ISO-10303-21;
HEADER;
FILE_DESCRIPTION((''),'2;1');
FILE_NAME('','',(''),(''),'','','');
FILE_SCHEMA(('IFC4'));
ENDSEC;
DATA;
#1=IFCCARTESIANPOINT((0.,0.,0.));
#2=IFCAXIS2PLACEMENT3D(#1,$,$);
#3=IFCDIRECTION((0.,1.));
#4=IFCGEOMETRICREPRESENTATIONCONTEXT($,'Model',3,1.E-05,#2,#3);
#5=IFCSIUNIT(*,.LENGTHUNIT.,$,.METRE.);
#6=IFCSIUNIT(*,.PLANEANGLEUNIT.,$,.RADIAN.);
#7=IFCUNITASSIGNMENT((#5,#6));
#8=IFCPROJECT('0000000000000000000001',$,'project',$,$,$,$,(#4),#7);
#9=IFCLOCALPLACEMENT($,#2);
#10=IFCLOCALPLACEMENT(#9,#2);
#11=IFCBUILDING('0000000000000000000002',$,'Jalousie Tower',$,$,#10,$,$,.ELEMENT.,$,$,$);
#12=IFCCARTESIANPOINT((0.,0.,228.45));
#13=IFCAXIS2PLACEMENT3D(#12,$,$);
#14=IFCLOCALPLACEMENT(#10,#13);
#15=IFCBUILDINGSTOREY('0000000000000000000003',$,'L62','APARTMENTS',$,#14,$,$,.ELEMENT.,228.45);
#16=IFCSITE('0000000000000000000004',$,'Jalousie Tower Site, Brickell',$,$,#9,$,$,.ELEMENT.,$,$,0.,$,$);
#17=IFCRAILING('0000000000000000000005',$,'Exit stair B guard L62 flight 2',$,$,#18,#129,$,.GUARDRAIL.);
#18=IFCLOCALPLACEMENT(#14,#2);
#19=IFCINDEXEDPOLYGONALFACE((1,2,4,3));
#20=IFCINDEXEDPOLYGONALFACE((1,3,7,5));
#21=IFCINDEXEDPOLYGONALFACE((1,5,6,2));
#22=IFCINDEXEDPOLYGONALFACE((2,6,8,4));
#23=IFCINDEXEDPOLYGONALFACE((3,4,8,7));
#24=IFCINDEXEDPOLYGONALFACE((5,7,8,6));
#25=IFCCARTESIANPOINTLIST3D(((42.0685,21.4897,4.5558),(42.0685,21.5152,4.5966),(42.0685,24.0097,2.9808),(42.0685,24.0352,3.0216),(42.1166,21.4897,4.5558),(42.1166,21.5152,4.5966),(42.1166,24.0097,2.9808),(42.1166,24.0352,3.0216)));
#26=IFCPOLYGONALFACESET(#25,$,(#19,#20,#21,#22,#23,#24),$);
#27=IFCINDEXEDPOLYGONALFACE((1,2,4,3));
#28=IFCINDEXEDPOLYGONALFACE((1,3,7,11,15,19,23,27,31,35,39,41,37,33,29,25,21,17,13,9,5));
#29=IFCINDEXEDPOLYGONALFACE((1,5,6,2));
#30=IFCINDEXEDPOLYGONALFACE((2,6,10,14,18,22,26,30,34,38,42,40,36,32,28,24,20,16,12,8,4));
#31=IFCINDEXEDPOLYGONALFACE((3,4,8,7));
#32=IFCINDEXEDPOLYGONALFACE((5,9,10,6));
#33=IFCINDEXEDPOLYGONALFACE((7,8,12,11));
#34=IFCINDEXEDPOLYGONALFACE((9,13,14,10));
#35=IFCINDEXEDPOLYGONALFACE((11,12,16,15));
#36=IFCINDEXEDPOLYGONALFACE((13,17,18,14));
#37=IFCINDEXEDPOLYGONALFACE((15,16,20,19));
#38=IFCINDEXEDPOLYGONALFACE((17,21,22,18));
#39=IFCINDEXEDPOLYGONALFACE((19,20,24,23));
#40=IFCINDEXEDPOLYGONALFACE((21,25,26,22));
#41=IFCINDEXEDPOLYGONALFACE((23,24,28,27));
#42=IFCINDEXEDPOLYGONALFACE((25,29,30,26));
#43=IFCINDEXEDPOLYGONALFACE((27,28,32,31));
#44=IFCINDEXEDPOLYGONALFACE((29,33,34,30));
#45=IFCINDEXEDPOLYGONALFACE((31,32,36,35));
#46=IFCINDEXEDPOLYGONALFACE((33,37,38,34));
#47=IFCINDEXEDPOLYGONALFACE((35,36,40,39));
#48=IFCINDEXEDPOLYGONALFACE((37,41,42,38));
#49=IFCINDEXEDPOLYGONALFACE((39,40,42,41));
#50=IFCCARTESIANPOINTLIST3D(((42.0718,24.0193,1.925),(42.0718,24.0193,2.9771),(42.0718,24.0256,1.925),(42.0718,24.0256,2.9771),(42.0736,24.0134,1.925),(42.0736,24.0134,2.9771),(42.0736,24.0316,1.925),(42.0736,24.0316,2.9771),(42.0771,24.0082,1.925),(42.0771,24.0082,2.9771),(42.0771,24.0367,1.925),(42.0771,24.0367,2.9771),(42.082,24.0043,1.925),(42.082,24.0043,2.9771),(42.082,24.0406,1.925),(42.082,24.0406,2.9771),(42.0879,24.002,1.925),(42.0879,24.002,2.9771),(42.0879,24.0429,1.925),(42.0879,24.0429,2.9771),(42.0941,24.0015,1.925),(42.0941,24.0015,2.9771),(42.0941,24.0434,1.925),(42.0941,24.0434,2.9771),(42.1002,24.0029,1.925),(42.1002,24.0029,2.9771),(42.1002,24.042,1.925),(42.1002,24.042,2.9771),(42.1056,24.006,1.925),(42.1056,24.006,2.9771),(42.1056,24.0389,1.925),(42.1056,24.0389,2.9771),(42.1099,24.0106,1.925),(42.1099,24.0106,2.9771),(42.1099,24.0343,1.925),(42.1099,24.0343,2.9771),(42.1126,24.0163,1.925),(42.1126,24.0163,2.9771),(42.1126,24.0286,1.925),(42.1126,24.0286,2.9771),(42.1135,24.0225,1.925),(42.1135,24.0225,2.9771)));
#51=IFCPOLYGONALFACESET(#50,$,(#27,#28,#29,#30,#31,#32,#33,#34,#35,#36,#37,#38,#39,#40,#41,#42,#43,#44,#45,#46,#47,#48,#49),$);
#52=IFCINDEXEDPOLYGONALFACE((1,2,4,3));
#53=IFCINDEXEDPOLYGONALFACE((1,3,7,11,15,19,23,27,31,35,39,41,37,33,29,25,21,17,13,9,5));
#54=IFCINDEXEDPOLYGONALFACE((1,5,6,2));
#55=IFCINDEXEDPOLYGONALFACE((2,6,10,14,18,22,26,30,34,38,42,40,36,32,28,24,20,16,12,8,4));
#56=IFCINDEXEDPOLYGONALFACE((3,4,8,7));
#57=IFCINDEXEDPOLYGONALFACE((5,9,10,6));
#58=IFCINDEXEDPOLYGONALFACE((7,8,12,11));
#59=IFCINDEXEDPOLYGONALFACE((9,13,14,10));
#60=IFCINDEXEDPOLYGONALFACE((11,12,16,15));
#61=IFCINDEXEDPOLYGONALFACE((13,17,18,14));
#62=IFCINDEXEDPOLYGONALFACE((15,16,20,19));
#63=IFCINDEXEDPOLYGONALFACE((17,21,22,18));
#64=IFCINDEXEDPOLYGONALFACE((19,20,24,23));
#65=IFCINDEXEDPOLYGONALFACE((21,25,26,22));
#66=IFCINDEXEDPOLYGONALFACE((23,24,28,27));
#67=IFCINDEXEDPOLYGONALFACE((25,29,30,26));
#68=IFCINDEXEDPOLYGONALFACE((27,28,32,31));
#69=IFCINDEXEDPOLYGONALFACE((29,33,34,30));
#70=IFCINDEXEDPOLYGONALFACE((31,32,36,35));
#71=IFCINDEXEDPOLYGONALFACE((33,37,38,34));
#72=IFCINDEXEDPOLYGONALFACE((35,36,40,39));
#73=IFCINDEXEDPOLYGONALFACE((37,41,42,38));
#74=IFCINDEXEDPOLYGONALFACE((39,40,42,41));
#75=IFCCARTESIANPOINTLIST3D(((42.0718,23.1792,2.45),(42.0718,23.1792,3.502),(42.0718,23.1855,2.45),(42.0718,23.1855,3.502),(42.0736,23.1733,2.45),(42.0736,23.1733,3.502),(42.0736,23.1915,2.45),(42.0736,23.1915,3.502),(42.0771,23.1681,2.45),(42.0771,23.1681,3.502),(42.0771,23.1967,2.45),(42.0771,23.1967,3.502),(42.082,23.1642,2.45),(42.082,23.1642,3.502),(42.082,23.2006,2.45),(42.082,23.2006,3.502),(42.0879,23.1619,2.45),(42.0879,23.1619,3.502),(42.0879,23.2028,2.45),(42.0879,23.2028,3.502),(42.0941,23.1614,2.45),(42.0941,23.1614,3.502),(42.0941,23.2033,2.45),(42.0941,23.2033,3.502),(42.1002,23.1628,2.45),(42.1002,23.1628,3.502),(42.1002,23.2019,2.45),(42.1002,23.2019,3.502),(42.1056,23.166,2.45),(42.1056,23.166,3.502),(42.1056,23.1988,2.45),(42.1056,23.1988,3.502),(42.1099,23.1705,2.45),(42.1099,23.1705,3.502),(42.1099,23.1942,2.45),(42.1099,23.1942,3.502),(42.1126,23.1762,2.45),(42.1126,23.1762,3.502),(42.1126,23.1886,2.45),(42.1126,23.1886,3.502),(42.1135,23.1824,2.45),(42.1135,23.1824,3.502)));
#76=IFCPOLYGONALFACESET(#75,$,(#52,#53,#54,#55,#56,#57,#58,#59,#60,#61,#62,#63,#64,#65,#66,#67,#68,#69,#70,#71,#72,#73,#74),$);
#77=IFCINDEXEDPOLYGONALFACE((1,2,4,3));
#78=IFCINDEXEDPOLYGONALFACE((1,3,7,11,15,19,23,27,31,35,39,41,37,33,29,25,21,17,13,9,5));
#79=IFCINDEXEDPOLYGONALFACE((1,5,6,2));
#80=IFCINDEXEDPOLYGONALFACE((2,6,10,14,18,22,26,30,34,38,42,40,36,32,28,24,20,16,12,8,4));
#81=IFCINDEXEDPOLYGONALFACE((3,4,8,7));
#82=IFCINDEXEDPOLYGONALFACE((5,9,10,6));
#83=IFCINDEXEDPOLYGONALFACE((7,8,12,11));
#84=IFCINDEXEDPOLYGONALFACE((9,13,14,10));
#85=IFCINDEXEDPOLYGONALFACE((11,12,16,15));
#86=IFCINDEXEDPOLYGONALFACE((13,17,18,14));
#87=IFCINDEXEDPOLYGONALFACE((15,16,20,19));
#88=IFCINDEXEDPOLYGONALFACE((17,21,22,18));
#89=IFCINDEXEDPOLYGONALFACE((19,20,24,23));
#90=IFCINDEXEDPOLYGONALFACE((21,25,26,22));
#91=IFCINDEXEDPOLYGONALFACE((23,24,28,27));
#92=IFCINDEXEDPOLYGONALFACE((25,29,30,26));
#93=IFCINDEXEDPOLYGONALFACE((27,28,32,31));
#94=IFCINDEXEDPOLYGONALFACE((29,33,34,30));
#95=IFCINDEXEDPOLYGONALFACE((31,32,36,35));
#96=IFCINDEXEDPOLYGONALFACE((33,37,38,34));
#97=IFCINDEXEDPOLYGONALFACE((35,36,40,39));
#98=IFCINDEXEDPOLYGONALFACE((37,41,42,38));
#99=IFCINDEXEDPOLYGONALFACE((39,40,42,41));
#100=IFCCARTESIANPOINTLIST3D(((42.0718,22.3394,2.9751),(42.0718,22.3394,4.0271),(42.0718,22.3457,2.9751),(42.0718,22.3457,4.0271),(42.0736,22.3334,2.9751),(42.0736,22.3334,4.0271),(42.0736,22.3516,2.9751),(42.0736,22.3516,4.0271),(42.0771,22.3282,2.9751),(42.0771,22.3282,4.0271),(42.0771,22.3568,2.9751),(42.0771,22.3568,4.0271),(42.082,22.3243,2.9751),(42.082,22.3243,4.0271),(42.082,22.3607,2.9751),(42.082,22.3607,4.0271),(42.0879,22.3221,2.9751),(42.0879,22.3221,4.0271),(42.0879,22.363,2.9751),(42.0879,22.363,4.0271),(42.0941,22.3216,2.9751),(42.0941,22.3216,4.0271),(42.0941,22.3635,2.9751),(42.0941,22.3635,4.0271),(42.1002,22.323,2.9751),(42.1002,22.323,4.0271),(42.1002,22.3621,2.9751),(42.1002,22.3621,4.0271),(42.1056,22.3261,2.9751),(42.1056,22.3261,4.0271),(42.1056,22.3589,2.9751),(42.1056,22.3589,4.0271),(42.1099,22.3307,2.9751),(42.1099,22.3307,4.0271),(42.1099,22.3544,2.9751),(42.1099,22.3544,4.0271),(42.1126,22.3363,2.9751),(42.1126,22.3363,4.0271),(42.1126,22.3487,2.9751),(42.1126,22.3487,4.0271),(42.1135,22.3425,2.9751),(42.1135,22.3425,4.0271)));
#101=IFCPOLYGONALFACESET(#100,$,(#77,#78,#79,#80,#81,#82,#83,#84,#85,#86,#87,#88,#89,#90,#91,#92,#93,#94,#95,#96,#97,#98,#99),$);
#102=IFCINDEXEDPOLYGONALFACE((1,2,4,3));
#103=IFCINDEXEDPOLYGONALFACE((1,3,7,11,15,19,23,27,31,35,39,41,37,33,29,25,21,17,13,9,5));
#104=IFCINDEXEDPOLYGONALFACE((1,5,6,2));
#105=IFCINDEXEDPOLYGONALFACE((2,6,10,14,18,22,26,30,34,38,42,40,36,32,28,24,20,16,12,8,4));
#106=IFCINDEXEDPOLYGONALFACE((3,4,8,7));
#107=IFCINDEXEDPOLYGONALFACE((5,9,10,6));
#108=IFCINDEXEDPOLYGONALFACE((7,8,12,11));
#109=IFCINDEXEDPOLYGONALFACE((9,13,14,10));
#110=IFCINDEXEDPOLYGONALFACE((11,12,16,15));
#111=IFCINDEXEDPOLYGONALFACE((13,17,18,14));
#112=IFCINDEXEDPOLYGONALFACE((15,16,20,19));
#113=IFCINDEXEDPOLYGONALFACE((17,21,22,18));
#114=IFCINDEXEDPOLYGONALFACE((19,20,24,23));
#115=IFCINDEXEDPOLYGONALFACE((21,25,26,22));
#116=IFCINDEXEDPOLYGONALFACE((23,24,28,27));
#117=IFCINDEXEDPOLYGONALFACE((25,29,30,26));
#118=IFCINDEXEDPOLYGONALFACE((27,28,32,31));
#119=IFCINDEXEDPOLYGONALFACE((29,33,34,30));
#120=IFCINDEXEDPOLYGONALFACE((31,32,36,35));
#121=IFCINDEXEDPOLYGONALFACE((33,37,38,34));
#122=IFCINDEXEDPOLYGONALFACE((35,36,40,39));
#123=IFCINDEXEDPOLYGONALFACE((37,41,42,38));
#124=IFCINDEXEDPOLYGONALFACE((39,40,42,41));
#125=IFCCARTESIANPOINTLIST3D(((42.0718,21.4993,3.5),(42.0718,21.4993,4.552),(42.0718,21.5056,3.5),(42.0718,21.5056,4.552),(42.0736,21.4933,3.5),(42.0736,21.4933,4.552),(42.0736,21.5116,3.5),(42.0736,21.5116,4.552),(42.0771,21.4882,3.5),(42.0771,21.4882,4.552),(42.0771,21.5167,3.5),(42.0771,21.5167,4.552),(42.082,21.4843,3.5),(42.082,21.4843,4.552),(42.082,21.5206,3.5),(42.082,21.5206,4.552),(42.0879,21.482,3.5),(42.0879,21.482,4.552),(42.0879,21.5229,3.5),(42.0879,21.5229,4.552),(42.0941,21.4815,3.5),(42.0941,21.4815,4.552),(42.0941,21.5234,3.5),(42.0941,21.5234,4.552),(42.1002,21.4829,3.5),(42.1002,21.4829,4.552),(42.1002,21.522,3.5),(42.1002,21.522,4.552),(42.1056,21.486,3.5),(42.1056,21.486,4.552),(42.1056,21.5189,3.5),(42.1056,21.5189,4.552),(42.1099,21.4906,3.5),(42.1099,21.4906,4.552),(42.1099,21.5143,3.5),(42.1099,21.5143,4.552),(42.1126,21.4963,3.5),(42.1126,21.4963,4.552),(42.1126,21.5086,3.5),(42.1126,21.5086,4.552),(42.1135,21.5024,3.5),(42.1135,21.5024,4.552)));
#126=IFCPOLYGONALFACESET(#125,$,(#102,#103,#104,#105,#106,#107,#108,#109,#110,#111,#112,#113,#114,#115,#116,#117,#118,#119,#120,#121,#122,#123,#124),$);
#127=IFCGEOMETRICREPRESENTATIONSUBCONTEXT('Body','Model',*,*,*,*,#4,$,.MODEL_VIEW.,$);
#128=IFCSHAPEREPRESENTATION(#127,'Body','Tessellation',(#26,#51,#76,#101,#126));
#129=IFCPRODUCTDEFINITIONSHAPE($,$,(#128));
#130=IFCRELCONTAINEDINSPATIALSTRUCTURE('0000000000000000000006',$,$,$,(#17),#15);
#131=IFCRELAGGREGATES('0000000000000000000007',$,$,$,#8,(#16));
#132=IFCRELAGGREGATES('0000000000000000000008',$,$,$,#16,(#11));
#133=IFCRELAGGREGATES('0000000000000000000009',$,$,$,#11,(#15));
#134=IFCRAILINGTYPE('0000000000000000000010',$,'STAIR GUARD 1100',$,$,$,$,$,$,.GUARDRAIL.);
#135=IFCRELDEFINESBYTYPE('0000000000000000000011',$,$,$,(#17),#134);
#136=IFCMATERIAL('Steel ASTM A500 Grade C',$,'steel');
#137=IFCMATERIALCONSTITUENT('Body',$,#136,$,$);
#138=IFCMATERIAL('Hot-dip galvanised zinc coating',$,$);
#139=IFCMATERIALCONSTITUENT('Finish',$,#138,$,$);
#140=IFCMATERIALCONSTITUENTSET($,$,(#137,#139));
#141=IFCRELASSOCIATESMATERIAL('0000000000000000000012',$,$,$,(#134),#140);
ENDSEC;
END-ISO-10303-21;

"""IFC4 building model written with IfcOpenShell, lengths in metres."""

from ifc_helpers import new_model, si_unit, direction, frame, origin, origin_2d, place, context, subcontext, project, spatial, rectangle, circle, extrude, material, constituent, constituent_set, type_object, element, save


model = new_model("IFC4")

# Units and contexts
model_context = context("Model", 3, precision=1e-05, world=origin(), true_north=direction((0.0, 1.0)))
body_context = subcontext(model_context, "Body", "Model", "MODEL_VIEW")
ifc_project = project(units=[si_unit("LENGTHUNIT", "METRE"), si_unit("PLANEANGLEUNIT", "RADIAN")], contexts=[model_context])

# Site, building, storey
site_placement = place(None, origin())
site = spatial("IfcSite", under=ifc_project, at=site_placement, Name="Jalousie Tower Site, Brickell", CompositionType="ELEMENT", RefElevation=0.0)
building_placement = place(site_placement, origin())
building = spatial("IfcBuilding", under=site, at=building_placement, Name="Jalousie Tower", CompositionType="ELEMENT")
storey_placement = place(building_placement, frame((0.0, 0.0, 228.45)))
storey = spatial("IfcBuildingStorey", under=building, at=storey_placement, Name="L62", Description="APARTMENTS", CompositionType="ELEMENT", Elevation=228.45)

# Railing
ifc_material_1 = material(Name="Steel ASTM A500 Grade C", Category="steel")
ifc_constituent_1 = constituent(ifc_material_1, Name="Body")
ifc_material_2 = material(Name="Hot-dip galvanised zinc coating")
ifc_constituent_2 = constituent(ifc_material_2, Name="Finish")
ifc_constituent_set_1 = constituent_set(constituents=[ifc_constituent_1, ifc_constituent_2])
railing_type_1 = type_object("IfcRailingType", Name="STAIR GUARD 1100", PredefinedType="GUARDRAIL", material=ifc_constituent_set_1)
railing_1_placement = place(storey_placement, frame((42.0925, 24.0225, 1.925)))
element("IfcRailing", 1, at=railing_1_placement, inside=storey, type_object=railing_type_1, Name="Exit stair B guard L62 flight 2", PredefinedType="GUARDRAIL", context=body_context, shape_type="SweptSolid", body=[
    extrude(rectangle(XDim=0.0481, YDim=0.0481, at=origin_2d()), frame((0.0, 0.0, 1.0762), z_axis=(0.0, -0.848008, 0.529984), x_axis=(1.0, 0.0, 0.0)), (0.0, 0.0, 1.0), 2.9717),
    extrude(circle(Radius=0.021, at=origin_2d()), origin(), (0.0, 0.0, 1.0), 1.052),
    extrude(circle(Radius=0.021, at=origin_2d()), frame((0.0, -0.8401, 0.5249)), (0.0, 0.0, 1.0), 1.052),
    extrude(circle(Radius=0.021, at=origin_2d()), frame((0.0, -1.6799, 1.05)), (0.0, 0.0, 1.0), 1.052),
    extrude(circle(Radius=0.021, at=origin_2d()), frame((0.0, -2.52, 1.575)), (0.0, 0.0, 1.0), 1.052),
])

save(model, "model.ifc")
